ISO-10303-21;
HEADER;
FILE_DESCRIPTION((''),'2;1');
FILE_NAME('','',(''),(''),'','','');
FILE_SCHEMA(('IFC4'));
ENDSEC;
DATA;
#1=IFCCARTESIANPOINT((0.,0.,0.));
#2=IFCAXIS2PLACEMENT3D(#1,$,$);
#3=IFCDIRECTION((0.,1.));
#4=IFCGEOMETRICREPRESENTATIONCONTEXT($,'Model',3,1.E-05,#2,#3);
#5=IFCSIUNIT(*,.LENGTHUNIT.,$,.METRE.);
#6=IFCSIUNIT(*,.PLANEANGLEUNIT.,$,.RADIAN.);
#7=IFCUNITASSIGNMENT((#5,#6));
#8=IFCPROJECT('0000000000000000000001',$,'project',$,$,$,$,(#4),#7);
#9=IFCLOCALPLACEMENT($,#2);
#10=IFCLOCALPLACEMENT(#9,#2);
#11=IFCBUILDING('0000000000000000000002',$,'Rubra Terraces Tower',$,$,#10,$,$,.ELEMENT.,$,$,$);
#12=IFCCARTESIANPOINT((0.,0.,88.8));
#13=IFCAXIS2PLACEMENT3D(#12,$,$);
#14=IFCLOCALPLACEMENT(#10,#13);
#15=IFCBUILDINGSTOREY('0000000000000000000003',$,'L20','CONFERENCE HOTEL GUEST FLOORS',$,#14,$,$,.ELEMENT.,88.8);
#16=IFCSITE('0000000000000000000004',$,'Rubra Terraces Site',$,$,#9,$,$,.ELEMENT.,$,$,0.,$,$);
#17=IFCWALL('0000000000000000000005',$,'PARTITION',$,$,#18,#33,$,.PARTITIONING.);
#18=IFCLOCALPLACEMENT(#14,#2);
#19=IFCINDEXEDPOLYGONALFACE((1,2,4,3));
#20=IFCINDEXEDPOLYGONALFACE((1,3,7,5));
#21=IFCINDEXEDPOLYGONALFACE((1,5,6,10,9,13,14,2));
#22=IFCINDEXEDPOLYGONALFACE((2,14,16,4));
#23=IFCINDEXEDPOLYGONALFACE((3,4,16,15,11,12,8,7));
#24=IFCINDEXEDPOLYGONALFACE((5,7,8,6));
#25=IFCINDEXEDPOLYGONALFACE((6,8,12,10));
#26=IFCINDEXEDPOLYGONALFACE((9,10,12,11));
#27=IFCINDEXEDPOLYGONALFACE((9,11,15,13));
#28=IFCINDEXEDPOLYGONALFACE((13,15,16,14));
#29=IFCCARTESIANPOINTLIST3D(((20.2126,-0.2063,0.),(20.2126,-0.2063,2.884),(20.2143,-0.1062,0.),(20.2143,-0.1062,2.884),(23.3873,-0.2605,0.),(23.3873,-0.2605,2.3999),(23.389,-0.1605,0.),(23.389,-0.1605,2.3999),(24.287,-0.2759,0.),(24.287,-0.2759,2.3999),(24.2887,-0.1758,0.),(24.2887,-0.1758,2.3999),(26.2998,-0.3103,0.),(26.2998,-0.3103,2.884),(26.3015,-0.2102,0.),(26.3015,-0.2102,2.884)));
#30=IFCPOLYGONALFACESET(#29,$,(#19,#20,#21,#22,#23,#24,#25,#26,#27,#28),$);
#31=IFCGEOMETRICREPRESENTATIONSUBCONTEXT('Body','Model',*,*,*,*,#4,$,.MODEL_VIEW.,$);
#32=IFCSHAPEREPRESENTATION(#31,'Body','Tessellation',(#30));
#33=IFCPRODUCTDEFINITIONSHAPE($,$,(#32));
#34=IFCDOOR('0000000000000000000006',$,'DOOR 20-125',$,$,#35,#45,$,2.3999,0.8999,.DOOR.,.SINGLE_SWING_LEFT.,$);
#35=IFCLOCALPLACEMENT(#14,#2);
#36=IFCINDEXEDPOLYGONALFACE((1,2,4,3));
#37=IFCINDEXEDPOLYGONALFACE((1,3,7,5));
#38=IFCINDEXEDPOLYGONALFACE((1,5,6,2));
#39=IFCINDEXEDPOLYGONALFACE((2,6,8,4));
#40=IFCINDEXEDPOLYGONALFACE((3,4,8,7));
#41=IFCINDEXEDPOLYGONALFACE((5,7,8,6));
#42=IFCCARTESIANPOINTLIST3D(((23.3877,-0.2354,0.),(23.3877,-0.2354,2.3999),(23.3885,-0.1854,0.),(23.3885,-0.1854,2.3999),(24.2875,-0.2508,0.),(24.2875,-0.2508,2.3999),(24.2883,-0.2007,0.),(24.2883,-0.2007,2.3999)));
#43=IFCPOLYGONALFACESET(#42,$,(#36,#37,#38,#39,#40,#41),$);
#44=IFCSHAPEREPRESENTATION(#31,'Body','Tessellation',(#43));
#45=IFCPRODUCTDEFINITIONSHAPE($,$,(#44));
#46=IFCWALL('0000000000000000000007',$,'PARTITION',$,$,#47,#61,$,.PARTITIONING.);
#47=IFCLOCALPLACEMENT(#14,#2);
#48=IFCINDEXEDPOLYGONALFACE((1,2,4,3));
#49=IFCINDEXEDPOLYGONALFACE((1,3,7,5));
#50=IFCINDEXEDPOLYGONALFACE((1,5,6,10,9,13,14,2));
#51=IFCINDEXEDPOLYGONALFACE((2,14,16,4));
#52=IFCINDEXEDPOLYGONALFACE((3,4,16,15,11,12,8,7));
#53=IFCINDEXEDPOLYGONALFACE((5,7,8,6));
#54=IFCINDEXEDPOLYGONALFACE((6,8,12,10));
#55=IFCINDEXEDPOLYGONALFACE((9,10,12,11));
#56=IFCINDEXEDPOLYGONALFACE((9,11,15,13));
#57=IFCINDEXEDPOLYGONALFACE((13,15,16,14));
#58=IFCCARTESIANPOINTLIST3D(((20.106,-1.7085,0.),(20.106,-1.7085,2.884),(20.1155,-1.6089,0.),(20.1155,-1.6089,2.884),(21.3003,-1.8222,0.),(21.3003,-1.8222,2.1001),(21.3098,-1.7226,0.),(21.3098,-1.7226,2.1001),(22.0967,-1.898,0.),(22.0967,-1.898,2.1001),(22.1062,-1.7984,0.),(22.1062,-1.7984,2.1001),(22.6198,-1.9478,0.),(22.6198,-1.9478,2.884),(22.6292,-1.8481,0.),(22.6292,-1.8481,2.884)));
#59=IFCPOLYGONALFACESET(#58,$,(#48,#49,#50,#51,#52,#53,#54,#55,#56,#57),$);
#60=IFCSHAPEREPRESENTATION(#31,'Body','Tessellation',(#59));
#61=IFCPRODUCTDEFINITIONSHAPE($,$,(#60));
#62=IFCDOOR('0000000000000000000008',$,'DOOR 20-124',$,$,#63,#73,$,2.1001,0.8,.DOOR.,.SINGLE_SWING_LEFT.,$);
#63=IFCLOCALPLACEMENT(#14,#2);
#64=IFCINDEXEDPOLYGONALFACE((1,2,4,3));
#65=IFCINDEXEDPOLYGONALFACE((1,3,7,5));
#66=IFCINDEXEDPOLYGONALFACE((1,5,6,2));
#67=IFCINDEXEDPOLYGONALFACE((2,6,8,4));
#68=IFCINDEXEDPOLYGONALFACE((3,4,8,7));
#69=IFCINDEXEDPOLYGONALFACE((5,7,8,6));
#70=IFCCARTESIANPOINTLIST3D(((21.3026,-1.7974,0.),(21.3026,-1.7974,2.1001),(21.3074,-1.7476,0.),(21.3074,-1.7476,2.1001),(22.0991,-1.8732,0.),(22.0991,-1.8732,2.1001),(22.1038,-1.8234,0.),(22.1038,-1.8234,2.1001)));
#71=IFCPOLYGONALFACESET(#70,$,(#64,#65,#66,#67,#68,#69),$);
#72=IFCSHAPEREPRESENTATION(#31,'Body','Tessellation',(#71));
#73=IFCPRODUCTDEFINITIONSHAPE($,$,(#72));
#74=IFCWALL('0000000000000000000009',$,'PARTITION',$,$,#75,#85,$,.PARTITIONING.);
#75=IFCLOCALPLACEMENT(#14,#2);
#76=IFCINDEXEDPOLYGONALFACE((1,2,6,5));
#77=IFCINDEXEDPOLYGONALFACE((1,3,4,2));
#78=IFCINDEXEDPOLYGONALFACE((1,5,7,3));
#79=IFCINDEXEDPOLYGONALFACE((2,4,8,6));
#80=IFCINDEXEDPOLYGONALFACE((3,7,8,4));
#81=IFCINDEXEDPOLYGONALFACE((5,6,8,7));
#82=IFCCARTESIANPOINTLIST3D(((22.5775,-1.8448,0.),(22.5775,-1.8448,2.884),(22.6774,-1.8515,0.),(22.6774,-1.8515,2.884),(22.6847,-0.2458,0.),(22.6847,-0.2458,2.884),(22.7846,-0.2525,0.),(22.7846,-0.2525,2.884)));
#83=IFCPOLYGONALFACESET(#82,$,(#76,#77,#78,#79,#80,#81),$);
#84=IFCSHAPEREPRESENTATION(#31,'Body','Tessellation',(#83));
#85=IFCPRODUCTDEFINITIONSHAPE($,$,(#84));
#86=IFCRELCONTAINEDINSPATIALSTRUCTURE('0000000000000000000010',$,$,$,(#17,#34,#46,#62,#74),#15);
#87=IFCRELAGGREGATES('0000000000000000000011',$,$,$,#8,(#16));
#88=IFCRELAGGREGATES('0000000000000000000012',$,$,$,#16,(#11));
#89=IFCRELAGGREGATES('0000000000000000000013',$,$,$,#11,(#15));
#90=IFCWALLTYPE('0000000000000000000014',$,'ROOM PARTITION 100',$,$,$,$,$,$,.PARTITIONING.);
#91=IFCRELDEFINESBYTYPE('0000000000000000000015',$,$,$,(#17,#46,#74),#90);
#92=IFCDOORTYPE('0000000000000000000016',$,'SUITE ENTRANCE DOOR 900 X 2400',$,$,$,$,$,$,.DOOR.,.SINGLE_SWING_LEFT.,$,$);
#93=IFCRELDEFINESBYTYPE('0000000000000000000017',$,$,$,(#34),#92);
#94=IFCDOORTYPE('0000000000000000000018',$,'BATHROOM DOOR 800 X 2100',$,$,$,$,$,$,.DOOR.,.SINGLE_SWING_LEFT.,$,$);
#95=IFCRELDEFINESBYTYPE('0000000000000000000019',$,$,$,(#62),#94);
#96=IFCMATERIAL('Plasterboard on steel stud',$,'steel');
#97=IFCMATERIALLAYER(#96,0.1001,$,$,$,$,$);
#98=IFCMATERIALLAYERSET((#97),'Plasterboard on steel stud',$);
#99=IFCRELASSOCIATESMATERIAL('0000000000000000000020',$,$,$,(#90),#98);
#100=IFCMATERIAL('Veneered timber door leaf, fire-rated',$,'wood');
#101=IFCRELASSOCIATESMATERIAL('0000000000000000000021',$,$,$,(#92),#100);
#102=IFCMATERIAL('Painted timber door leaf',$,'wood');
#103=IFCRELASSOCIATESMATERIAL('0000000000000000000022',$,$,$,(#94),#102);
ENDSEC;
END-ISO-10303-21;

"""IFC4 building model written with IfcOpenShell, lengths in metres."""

from ifc_helpers import new_model, si_unit, direction, frame, frame_2d, origin, place, context, subcontext, project, spatial, rectangle, extrude, material, layer, layer_set, type_object, element, fill, save


model = new_model("IFC4")

# Units and contexts
model_context = context("Model", 3, precision=1e-05, world=origin(), true_north=direction((0.0, 1.0)))
body_context = subcontext(model_context, "Body", "Model", "MODEL_VIEW")
ifc_project = project(units=[si_unit("LENGTHUNIT", "METRE"), si_unit("PLANEANGLEUNIT", "RADIAN")], contexts=[model_context])

# Site, building, storey
site_placement = place(None, origin())
site = spatial("IfcSite", under=ifc_project, at=site_placement, Name="Rubra Terraces Site", CompositionType="ELEMENT", RefElevation=0.0)
building_placement = place(site_placement, origin())
building = spatial("IfcBuilding", under=site, at=building_placement, Name="Rubra Terraces Tower", CompositionType="ELEMENT")
storey_placement = place(building_placement, frame((0.0, 0.0, 88.8)))
storey = spatial("IfcBuildingStorey", under=building, at=storey_placement, Name="L20", Description="CONFERENCE HOTEL GUEST FLOORS", CompositionType="ELEMENT", Elevation=88.8)

# Shared definitions
ifc_material_1 = material(Name="Painted timber door leaf", Category="wood")

# Walls, openings, doors
ifc_material_2 = material(Name="Plasterboard on steel stud", Category="steel")
ifc_layer_1 = layer(ifc_material_2, 0.1001)
ifc_layer_set_1 = layer_set([ifc_layer_1], Name="Plasterboard on steel stud")
wall_type_1 = type_object("IfcWallType", Name="ROOM PARTITION 100", PredefinedType="PARTITIONING", material=ifc_layer_set_1)
wall_1_placement = place(storey_placement, frame((26.3005, -0.2603, 0.0), z_axis=(0.0, 0.0, 1.0), x_axis=(-0.999854, 0.017083, 0.0)))
wall_1 = element("IfcWall", 1, at=wall_1_placement, inside=storey, type_object=wall_type_1, Name="PARTITION", PredefinedType="PARTITIONING", context=body_context, shape_type="SweptSolid", body=[
    extrude(rectangle(XDim=6.0881, YDim=0.1001, at=frame_2d((3.0439, 0.0))), origin(), (0.0, 0.0, 1.0), 2.884),
])
opening_1_placement = place(wall_1_placement, frame((2.0129, 0.0, 0.0)))
opening_1 = element("IfcOpeningElement", 2, at=opening_1_placement, cuts=wall_1, PredefinedType="OPENING", context=body_context, shape_type="SweptSolid", body=[
    extrude(rectangle(XDim=0.8999, YDim=2.3999, at=frame_2d((0.45, 1.2))), frame((0.0, 0.0601, 0.0), z_axis=(0.0, -1.0, 0.0), x_axis=(1.0, 0.0, 0.0)), (0.0, 0.0, 1.0), 0.1201),
])
ifc_material_3 = material(Name="Veneered timber door leaf, fire-rated", Category="wood")
door_type_1 = type_object("IfcDoorType", Name="SUITE ENTRANCE DOOR 900 X 2400", OperationType="SINGLE_SWING_LEFT", PredefinedType="DOOR", material=ifc_material_3)
door_1_placement = place(opening_1_placement, origin())
door_1 = element("IfcDoor", 3, at=door_1_placement, inside=storey, type_object=door_type_1, Name="DOOR 20-125", OperationType="SINGLE_SWING_LEFT", OverallHeight=2.3999, OverallWidth=0.8999, PredefinedType="DOOR", context=body_context, shape_type="SweptSolid", body=[
    extrude(rectangle(XDim=0.8999, YDim=2.3999, at=frame_2d((0.45, 1.2))), frame((0.0, 0.0249, 0.0), z_axis=(0.0, -1.0, 0.0), x_axis=(1.0, 0.0, 0.0)), (0.0, 0.0, 1.0), 0.05),
])
fill(opening_1, door_1)
wall_2_placement = place(storey_placement, frame((20.1106, -1.6587, 0.0), z_axis=(0.0, 0.0, 1.0), x_axis=(0.995501, -0.094754, 0.0)))
wall_2 = element("IfcWall", 4, at=wall_2_placement, inside=storey, type_object=wall_type_1, Name="PARTITION", PredefinedType="PARTITIONING", context=body_context, shape_type="SweptSolid", body=[
    extrude(rectangle(XDim=2.5251, YDim=0.1001, at=frame_2d((1.2627, 0.0))), origin(), (0.0, 0.0, 1.0), 2.884),
])
opening_2_placement = place(wall_2_placement, frame((1.2, 0.0, 0.0)))
opening_2 = element("IfcOpeningElement", 5, at=opening_2_placement, cuts=wall_2, PredefinedType="OPENING", context=body_context, shape_type="SweptSolid", body=[
    extrude(rectangle(XDim=0.8, YDim=2.1001, at=frame_2d((0.3999, 1.05))), frame((0.0, 0.0601, 0.0), z_axis=(0.0, -1.0, 0.0), x_axis=(1.0, 0.0, 0.0)), (0.0, 0.0, 1.0), 0.1201),
])
door_type_2 = type_object("IfcDoorType", Name="BATHROOM DOOR 800 X 2100", OperationType="SINGLE_SWING_LEFT", PredefinedType="DOOR", material=ifc_material_1)
door_2_placement = place(opening_2_placement, origin())
door_2 = element("IfcDoor", 6, at=door_2_placement, inside=storey, type_object=door_type_2, Name="DOOR 20-124", OperationType="SINGLE_SWING_LEFT", OverallHeight=2.1001, OverallWidth=0.8, PredefinedType="DOOR", context=body_context, shape_type="SweptSolid", body=[
    extrude(rectangle(XDim=0.8, YDim=2.1001, at=frame_2d((0.3999, 1.05))), frame((0.0, 0.0249, 0.0), z_axis=(0.0, -1.0, 0.0), x_axis=(1.0, 0.0, 0.0)), (0.0, 0.0, 1.0), 0.05),
])
fill(opening_2, door_2)

# Wall
wall_3_placement = place(storey_placement, frame((22.6274, -1.8481, 0.0), z_axis=(0.0, 0.0, 1.0), x_axis=(0.066883, 0.997761, 0.0)))
element("IfcWall", 7, at=wall_3_placement, inside=storey, type_object=wall_type_1, Name="PARTITION", PredefinedType="PARTITIONING", context=body_context, shape_type="SweptSolid", body=[
    extrude(rectangle(XDim=1.6025, YDim=0.1001, at=frame_2d((0.8013, 0.0))), origin(), (0.0, 0.0, 1.0), 2.884),
])

save(model, "model.ifc")
